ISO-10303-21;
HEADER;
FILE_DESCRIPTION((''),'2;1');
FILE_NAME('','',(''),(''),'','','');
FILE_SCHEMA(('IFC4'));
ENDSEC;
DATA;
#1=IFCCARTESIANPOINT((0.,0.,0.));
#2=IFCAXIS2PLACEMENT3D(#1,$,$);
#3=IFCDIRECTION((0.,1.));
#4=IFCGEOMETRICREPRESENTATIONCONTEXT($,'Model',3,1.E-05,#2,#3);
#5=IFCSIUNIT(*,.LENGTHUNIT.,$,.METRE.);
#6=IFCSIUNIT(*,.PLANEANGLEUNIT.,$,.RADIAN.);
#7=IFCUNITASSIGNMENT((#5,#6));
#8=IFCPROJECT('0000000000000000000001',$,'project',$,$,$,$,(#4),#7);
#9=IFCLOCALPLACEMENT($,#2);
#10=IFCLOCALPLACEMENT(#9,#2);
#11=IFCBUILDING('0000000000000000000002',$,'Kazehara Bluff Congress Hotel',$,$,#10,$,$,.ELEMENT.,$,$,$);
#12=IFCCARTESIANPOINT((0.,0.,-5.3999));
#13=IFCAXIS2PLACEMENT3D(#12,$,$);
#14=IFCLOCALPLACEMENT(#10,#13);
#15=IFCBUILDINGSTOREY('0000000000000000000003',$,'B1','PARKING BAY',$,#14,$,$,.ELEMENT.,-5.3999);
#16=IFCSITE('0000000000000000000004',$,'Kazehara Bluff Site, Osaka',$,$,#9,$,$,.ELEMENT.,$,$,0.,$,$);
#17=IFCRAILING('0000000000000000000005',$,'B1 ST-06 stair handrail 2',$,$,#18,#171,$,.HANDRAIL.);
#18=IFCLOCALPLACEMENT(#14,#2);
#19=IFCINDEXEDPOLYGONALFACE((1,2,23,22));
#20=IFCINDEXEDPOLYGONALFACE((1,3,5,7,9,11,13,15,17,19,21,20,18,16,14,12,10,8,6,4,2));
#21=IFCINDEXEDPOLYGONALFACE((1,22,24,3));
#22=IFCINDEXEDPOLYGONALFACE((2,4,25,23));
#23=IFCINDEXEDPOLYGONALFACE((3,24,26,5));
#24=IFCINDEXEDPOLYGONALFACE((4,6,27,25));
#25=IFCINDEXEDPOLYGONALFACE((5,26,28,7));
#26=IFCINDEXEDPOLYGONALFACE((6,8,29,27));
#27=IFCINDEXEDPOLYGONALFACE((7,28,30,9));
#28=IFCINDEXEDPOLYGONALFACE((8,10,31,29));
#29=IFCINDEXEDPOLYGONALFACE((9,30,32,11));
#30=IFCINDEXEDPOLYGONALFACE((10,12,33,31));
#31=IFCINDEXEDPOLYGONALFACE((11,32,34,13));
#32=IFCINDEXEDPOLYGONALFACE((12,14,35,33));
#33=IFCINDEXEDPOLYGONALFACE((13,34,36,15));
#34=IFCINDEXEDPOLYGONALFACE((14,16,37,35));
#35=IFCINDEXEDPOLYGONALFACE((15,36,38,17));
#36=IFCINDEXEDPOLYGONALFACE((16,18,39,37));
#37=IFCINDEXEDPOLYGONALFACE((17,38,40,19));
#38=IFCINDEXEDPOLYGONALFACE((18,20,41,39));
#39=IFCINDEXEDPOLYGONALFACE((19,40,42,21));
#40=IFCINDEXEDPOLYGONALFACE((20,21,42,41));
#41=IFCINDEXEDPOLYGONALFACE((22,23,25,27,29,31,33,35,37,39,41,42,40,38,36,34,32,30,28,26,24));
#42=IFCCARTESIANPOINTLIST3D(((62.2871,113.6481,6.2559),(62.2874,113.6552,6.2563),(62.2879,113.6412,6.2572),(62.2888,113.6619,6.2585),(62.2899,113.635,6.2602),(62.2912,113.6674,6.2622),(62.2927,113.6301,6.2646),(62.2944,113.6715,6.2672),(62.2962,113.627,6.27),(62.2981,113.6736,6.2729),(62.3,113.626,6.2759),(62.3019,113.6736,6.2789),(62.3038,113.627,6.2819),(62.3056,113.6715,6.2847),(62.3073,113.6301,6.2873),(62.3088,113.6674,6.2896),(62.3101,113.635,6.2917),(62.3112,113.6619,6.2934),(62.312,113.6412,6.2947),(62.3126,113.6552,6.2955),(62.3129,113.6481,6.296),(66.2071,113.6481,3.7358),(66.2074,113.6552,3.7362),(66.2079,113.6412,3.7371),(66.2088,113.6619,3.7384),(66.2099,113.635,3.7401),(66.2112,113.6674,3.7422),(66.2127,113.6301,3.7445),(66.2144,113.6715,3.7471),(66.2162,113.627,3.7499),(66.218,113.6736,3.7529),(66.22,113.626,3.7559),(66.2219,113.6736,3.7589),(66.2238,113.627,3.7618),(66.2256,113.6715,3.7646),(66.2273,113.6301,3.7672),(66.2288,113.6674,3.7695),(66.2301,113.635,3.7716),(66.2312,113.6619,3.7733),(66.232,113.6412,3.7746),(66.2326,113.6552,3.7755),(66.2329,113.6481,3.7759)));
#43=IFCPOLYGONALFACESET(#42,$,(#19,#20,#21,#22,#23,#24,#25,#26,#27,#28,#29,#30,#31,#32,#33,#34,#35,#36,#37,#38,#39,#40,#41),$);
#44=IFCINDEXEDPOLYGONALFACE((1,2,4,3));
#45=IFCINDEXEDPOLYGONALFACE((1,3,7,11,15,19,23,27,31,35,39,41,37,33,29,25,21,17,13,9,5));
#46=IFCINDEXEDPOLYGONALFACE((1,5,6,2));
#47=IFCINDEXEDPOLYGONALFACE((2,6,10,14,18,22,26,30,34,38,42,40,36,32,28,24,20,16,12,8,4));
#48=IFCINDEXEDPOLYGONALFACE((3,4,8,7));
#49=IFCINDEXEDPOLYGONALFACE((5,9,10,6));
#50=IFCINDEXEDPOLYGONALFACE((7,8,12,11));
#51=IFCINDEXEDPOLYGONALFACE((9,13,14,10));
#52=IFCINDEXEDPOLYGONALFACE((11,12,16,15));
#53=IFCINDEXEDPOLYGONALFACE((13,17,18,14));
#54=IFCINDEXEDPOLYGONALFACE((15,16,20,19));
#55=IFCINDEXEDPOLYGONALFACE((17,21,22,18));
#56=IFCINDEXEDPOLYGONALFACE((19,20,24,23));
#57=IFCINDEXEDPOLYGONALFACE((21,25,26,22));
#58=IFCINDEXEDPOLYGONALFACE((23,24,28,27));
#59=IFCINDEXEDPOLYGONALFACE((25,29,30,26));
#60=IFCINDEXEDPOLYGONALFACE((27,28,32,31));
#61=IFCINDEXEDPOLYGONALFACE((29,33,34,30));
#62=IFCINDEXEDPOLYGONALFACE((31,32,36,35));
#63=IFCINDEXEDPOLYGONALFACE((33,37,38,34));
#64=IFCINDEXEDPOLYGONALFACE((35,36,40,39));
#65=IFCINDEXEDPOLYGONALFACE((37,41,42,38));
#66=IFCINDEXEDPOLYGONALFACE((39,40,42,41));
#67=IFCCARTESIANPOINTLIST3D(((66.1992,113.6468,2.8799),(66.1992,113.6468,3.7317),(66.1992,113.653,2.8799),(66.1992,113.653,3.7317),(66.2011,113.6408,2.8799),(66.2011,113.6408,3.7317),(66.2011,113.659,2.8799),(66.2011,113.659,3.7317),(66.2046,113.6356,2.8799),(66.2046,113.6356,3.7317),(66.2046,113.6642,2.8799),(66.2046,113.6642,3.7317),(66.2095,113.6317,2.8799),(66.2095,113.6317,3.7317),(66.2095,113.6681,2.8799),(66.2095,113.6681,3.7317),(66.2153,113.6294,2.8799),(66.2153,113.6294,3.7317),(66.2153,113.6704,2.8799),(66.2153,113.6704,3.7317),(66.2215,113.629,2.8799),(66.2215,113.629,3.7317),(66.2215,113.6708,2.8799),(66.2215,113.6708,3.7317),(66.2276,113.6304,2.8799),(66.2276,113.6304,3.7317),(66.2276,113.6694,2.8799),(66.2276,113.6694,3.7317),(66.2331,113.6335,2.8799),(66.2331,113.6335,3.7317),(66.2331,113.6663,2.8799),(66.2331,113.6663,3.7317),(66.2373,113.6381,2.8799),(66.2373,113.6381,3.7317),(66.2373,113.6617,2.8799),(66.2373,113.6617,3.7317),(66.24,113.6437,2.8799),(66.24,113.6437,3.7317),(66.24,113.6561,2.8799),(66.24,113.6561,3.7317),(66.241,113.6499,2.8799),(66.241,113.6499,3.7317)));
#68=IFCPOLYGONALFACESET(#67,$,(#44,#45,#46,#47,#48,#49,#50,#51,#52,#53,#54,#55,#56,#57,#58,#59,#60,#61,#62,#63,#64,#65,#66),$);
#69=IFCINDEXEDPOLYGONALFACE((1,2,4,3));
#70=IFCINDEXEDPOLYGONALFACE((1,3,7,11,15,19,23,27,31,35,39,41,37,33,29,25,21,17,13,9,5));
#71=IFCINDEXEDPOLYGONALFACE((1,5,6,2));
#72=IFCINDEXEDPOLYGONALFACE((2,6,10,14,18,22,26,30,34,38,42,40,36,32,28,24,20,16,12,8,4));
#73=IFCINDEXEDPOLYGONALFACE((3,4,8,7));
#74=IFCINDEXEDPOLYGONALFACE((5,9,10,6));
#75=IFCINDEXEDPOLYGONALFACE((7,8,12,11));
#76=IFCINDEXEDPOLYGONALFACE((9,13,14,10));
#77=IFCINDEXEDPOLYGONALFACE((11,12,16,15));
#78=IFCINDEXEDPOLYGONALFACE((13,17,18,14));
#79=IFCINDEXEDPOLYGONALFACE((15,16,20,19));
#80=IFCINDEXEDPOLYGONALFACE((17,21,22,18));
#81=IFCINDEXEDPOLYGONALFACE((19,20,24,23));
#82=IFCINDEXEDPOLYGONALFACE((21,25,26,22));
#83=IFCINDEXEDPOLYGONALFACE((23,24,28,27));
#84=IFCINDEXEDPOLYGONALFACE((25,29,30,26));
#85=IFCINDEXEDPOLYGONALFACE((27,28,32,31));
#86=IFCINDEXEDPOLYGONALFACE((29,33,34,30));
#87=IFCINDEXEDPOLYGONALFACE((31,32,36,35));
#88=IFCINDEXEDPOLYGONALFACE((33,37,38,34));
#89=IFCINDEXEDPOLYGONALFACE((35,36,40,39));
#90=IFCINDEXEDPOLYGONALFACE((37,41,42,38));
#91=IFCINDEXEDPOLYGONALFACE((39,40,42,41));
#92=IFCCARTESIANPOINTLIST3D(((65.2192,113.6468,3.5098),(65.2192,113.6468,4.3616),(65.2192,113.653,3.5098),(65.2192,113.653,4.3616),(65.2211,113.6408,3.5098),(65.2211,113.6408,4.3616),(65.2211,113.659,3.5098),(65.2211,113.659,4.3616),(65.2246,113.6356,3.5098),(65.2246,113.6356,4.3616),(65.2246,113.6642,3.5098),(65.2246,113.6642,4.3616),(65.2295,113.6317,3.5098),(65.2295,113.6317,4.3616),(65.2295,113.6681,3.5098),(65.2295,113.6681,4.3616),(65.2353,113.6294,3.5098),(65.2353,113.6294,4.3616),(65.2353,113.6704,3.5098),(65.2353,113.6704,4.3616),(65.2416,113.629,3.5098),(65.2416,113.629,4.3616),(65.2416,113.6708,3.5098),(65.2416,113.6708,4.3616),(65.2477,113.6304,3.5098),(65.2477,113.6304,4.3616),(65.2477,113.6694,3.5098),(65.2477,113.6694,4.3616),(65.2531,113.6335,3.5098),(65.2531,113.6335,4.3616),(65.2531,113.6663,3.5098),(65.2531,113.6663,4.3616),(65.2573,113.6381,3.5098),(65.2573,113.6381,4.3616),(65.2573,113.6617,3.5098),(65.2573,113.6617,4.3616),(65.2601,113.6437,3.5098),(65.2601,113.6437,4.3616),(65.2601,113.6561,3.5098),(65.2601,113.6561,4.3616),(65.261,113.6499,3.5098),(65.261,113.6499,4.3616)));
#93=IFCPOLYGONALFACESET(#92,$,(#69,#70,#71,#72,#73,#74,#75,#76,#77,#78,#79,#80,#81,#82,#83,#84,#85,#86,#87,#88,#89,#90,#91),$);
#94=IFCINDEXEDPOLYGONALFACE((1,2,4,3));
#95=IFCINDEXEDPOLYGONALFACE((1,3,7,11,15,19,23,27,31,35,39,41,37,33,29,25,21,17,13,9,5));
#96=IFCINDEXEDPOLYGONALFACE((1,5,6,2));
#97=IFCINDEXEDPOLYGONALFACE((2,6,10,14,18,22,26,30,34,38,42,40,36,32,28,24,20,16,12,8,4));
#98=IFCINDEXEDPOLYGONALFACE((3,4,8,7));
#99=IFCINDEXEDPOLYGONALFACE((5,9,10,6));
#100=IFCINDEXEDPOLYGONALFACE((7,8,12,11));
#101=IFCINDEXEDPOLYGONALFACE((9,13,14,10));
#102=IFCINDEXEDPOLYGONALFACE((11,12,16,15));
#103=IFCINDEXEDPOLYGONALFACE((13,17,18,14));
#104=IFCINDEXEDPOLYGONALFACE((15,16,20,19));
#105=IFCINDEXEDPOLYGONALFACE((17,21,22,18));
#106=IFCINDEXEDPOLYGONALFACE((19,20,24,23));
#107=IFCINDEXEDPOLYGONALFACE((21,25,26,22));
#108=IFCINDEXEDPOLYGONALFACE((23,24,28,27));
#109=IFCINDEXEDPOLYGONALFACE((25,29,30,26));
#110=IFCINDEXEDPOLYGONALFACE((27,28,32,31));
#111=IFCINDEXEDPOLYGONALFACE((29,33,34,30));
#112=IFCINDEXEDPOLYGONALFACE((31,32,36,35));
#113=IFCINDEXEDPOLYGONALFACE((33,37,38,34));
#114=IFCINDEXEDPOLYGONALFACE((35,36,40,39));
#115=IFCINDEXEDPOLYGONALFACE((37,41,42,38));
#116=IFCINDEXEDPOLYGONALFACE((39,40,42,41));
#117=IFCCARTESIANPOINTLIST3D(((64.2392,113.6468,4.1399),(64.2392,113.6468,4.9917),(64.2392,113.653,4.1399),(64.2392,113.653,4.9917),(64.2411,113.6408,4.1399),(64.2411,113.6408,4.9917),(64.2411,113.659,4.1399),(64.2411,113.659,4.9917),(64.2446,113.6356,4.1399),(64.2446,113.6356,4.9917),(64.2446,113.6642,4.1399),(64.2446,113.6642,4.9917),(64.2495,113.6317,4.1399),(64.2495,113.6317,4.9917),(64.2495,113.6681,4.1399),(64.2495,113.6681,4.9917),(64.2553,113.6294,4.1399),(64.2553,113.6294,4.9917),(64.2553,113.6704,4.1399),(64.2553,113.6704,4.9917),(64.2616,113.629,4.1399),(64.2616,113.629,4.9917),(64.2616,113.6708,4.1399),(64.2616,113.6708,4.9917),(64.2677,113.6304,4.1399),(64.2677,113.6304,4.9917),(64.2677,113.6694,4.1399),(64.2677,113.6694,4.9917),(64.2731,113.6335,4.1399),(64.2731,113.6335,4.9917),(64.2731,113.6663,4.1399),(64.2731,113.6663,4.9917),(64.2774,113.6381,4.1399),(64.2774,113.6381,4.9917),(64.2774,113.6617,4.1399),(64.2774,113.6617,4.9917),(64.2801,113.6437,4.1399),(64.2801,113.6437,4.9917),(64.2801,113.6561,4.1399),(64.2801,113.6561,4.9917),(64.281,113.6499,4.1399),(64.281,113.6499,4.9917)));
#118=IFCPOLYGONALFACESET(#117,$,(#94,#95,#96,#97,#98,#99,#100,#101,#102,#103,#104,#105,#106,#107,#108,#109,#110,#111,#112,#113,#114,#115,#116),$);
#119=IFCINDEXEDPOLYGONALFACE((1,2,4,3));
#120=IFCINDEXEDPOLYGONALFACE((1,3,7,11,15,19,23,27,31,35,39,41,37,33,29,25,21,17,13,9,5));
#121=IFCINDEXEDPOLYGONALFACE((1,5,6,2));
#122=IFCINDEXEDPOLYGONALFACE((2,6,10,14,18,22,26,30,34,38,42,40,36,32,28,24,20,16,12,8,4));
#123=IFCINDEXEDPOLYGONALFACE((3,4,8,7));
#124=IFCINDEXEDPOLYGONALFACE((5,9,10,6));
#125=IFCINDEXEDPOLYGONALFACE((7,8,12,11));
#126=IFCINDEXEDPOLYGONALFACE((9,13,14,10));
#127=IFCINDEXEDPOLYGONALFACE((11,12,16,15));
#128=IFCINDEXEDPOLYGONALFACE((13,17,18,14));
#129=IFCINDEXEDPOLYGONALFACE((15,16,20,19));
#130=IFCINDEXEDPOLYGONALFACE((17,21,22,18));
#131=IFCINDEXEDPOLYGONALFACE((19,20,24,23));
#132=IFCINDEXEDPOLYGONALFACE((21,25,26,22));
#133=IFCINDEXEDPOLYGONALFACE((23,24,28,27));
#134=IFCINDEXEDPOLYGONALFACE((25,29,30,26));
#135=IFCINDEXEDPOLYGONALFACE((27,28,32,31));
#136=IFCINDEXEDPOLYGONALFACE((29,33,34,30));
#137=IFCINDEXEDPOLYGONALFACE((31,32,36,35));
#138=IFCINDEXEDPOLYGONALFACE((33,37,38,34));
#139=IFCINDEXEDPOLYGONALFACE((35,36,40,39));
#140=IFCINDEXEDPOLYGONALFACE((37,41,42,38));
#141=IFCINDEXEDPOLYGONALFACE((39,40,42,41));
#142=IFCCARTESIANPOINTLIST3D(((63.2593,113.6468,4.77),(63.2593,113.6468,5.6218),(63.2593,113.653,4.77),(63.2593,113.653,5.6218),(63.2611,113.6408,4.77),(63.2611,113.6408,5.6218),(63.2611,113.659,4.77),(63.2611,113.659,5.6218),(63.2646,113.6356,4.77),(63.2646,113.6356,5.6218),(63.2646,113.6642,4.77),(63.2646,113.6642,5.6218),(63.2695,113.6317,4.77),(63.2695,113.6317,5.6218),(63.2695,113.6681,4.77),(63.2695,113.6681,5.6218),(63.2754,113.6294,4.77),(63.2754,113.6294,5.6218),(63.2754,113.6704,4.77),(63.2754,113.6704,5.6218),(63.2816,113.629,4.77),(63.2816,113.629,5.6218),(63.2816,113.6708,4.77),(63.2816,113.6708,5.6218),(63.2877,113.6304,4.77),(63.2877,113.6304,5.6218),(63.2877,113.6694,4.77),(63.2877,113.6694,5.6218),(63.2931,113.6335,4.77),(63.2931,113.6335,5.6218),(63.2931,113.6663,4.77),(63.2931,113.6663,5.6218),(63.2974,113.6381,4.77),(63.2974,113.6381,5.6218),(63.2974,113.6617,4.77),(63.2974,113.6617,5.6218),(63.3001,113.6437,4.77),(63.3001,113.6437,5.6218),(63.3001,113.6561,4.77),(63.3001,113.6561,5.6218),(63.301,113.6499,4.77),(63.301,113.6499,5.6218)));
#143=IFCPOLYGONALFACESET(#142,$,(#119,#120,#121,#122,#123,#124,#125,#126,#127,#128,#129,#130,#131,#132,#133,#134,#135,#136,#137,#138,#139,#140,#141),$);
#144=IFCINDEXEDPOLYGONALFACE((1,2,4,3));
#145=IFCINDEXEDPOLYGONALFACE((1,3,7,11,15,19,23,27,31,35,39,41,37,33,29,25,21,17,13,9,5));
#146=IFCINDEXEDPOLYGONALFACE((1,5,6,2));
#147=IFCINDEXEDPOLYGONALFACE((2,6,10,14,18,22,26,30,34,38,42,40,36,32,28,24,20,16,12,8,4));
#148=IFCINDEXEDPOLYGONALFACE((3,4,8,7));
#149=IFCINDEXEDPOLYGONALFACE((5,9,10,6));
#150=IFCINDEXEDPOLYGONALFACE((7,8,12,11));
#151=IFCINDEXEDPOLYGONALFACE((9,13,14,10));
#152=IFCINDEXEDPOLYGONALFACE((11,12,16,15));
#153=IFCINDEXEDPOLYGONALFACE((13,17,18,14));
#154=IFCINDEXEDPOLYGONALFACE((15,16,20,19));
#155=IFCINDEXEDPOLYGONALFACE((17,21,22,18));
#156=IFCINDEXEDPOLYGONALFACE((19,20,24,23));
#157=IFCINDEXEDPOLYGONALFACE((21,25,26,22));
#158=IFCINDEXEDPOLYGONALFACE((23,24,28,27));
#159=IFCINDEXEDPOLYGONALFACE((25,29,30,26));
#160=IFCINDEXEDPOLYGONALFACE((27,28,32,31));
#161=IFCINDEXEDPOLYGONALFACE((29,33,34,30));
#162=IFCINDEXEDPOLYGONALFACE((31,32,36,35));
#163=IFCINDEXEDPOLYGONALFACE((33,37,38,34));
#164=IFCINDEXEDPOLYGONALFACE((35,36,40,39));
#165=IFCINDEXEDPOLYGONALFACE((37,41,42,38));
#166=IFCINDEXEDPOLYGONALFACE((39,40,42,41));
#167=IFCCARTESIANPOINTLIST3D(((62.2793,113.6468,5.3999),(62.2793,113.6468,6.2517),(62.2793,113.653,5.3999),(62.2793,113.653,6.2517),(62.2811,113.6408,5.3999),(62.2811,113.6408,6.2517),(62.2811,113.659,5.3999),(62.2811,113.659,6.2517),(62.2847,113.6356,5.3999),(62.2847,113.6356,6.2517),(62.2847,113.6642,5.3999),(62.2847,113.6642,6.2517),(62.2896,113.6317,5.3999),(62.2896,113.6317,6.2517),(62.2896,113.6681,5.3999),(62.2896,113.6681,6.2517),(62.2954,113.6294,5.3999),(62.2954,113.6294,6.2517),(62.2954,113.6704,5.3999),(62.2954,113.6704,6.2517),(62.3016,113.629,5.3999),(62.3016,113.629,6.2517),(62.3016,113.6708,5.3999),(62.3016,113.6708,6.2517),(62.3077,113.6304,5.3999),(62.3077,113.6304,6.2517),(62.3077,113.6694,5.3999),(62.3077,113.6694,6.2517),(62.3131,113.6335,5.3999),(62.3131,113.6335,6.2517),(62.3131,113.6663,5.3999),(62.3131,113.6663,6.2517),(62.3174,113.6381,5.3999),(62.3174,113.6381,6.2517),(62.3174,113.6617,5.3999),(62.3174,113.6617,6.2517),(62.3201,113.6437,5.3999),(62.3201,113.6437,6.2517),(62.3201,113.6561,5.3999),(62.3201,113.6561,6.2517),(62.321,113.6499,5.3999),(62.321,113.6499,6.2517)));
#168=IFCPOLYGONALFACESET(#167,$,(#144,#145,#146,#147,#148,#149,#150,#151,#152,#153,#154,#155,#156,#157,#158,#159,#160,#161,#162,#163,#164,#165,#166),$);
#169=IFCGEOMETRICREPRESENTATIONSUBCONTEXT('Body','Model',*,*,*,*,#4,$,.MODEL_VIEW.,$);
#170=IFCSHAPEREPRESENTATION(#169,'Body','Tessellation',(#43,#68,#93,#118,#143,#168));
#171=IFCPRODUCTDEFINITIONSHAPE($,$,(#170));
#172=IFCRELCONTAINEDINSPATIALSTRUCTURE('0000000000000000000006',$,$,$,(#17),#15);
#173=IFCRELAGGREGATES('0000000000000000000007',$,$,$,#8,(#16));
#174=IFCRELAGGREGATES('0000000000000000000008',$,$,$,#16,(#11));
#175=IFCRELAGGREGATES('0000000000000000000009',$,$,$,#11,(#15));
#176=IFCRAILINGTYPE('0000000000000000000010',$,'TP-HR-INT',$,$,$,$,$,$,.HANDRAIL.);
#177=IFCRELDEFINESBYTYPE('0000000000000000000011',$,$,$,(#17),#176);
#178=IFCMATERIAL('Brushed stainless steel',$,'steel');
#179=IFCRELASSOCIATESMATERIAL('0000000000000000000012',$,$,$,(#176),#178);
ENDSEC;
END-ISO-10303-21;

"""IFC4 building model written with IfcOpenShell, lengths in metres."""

from ifc_helpers import new_model, si_unit, direction, frame, origin, origin_2d, place, context, subcontext, project, spatial, circle, extrude, material, type_object, element, save


model = new_model("IFC4")

# Units and contexts
model_context = context("Model", 3, precision=1e-05, world=origin(), true_north=direction((0.0, 1.0)))
body_context = subcontext(model_context, "Body", "Model", "MODEL_VIEW")
ifc_project = project(units=[si_unit("LENGTHUNIT", "METRE"), si_unit("PLANEANGLEUNIT", "RADIAN")], contexts=[model_context])

# Site, building, storey
site_placement = place(None, origin())
site = spatial("IfcSite", under=ifc_project, at=site_placement, Name="Kazehara Bluff Site, Osaka", CompositionType="ELEMENT", RefElevation=0.0)
building_placement = place(site_placement, origin())
building = spatial("IfcBuilding", under=site, at=building_placement, Name="Kazehara Bluff Congress Hotel", CompositionType="ELEMENT")
storey_placement = place(building_placement, frame((0.0, 0.0, -5.3999)))
storey = spatial("IfcBuildingStorey", under=building, at=storey_placement, Name="B1", Description="PARKING BAY", CompositionType="ELEMENT", Elevation=-5.3999)

# Railing
ifc_material_1 = material(Name="Brushed stainless steel", Category="steel")
railing_type_1 = type_object("IfcRailingType", Name="TP-HR-INT", PredefinedType="HANDRAIL", material=ifc_material_1)
railing_1_placement = place(storey_placement, frame((66.22, 113.6499, 2.8799)))
element("IfcRailing", 1, at=railing_1_placement, inside=storey, type_object=railing_type_1, Name="B1 ST-06 stair handrail 2", PredefinedType="HANDRAIL", context=body_context, shape_type="SweptSolid", body=[
    extrude(circle(Radius=0.0239, at=origin_2d()), frame((0.0, 0.0, 0.876), z_axis=(-0.841172, 0.0, 0.540768), x_axis=(0.0, -1.0, 0.0)), (0.0, 0.0, 1.0), 4.6602),
    extrude(circle(Radius=0.021, at=origin_2d()), origin(), (0.0, 0.0, 1.0), 0.8518),
    extrude(circle(Radius=0.021, at=origin_2d()), frame((-0.98, 0.0, 0.6299)), (0.0, 0.0, 1.0), 0.8518),
    extrude(circle(Radius=0.021, at=origin_2d()), frame((-1.96, 0.0, 1.26)), (0.0, 0.0, 1.0), 0.8518),
    extrude(circle(Radius=0.021, at=origin_2d()), frame((-2.9399, 0.0, 1.8901)), (0.0, 0.0, 1.0), 0.8518),
    extrude(circle(Radius=0.021, at=origin_2d()), frame((-3.9199, 0.0, 2.52)), (0.0, 0.0, 1.0), 0.8518),
])

save(model, "model.ifc")
